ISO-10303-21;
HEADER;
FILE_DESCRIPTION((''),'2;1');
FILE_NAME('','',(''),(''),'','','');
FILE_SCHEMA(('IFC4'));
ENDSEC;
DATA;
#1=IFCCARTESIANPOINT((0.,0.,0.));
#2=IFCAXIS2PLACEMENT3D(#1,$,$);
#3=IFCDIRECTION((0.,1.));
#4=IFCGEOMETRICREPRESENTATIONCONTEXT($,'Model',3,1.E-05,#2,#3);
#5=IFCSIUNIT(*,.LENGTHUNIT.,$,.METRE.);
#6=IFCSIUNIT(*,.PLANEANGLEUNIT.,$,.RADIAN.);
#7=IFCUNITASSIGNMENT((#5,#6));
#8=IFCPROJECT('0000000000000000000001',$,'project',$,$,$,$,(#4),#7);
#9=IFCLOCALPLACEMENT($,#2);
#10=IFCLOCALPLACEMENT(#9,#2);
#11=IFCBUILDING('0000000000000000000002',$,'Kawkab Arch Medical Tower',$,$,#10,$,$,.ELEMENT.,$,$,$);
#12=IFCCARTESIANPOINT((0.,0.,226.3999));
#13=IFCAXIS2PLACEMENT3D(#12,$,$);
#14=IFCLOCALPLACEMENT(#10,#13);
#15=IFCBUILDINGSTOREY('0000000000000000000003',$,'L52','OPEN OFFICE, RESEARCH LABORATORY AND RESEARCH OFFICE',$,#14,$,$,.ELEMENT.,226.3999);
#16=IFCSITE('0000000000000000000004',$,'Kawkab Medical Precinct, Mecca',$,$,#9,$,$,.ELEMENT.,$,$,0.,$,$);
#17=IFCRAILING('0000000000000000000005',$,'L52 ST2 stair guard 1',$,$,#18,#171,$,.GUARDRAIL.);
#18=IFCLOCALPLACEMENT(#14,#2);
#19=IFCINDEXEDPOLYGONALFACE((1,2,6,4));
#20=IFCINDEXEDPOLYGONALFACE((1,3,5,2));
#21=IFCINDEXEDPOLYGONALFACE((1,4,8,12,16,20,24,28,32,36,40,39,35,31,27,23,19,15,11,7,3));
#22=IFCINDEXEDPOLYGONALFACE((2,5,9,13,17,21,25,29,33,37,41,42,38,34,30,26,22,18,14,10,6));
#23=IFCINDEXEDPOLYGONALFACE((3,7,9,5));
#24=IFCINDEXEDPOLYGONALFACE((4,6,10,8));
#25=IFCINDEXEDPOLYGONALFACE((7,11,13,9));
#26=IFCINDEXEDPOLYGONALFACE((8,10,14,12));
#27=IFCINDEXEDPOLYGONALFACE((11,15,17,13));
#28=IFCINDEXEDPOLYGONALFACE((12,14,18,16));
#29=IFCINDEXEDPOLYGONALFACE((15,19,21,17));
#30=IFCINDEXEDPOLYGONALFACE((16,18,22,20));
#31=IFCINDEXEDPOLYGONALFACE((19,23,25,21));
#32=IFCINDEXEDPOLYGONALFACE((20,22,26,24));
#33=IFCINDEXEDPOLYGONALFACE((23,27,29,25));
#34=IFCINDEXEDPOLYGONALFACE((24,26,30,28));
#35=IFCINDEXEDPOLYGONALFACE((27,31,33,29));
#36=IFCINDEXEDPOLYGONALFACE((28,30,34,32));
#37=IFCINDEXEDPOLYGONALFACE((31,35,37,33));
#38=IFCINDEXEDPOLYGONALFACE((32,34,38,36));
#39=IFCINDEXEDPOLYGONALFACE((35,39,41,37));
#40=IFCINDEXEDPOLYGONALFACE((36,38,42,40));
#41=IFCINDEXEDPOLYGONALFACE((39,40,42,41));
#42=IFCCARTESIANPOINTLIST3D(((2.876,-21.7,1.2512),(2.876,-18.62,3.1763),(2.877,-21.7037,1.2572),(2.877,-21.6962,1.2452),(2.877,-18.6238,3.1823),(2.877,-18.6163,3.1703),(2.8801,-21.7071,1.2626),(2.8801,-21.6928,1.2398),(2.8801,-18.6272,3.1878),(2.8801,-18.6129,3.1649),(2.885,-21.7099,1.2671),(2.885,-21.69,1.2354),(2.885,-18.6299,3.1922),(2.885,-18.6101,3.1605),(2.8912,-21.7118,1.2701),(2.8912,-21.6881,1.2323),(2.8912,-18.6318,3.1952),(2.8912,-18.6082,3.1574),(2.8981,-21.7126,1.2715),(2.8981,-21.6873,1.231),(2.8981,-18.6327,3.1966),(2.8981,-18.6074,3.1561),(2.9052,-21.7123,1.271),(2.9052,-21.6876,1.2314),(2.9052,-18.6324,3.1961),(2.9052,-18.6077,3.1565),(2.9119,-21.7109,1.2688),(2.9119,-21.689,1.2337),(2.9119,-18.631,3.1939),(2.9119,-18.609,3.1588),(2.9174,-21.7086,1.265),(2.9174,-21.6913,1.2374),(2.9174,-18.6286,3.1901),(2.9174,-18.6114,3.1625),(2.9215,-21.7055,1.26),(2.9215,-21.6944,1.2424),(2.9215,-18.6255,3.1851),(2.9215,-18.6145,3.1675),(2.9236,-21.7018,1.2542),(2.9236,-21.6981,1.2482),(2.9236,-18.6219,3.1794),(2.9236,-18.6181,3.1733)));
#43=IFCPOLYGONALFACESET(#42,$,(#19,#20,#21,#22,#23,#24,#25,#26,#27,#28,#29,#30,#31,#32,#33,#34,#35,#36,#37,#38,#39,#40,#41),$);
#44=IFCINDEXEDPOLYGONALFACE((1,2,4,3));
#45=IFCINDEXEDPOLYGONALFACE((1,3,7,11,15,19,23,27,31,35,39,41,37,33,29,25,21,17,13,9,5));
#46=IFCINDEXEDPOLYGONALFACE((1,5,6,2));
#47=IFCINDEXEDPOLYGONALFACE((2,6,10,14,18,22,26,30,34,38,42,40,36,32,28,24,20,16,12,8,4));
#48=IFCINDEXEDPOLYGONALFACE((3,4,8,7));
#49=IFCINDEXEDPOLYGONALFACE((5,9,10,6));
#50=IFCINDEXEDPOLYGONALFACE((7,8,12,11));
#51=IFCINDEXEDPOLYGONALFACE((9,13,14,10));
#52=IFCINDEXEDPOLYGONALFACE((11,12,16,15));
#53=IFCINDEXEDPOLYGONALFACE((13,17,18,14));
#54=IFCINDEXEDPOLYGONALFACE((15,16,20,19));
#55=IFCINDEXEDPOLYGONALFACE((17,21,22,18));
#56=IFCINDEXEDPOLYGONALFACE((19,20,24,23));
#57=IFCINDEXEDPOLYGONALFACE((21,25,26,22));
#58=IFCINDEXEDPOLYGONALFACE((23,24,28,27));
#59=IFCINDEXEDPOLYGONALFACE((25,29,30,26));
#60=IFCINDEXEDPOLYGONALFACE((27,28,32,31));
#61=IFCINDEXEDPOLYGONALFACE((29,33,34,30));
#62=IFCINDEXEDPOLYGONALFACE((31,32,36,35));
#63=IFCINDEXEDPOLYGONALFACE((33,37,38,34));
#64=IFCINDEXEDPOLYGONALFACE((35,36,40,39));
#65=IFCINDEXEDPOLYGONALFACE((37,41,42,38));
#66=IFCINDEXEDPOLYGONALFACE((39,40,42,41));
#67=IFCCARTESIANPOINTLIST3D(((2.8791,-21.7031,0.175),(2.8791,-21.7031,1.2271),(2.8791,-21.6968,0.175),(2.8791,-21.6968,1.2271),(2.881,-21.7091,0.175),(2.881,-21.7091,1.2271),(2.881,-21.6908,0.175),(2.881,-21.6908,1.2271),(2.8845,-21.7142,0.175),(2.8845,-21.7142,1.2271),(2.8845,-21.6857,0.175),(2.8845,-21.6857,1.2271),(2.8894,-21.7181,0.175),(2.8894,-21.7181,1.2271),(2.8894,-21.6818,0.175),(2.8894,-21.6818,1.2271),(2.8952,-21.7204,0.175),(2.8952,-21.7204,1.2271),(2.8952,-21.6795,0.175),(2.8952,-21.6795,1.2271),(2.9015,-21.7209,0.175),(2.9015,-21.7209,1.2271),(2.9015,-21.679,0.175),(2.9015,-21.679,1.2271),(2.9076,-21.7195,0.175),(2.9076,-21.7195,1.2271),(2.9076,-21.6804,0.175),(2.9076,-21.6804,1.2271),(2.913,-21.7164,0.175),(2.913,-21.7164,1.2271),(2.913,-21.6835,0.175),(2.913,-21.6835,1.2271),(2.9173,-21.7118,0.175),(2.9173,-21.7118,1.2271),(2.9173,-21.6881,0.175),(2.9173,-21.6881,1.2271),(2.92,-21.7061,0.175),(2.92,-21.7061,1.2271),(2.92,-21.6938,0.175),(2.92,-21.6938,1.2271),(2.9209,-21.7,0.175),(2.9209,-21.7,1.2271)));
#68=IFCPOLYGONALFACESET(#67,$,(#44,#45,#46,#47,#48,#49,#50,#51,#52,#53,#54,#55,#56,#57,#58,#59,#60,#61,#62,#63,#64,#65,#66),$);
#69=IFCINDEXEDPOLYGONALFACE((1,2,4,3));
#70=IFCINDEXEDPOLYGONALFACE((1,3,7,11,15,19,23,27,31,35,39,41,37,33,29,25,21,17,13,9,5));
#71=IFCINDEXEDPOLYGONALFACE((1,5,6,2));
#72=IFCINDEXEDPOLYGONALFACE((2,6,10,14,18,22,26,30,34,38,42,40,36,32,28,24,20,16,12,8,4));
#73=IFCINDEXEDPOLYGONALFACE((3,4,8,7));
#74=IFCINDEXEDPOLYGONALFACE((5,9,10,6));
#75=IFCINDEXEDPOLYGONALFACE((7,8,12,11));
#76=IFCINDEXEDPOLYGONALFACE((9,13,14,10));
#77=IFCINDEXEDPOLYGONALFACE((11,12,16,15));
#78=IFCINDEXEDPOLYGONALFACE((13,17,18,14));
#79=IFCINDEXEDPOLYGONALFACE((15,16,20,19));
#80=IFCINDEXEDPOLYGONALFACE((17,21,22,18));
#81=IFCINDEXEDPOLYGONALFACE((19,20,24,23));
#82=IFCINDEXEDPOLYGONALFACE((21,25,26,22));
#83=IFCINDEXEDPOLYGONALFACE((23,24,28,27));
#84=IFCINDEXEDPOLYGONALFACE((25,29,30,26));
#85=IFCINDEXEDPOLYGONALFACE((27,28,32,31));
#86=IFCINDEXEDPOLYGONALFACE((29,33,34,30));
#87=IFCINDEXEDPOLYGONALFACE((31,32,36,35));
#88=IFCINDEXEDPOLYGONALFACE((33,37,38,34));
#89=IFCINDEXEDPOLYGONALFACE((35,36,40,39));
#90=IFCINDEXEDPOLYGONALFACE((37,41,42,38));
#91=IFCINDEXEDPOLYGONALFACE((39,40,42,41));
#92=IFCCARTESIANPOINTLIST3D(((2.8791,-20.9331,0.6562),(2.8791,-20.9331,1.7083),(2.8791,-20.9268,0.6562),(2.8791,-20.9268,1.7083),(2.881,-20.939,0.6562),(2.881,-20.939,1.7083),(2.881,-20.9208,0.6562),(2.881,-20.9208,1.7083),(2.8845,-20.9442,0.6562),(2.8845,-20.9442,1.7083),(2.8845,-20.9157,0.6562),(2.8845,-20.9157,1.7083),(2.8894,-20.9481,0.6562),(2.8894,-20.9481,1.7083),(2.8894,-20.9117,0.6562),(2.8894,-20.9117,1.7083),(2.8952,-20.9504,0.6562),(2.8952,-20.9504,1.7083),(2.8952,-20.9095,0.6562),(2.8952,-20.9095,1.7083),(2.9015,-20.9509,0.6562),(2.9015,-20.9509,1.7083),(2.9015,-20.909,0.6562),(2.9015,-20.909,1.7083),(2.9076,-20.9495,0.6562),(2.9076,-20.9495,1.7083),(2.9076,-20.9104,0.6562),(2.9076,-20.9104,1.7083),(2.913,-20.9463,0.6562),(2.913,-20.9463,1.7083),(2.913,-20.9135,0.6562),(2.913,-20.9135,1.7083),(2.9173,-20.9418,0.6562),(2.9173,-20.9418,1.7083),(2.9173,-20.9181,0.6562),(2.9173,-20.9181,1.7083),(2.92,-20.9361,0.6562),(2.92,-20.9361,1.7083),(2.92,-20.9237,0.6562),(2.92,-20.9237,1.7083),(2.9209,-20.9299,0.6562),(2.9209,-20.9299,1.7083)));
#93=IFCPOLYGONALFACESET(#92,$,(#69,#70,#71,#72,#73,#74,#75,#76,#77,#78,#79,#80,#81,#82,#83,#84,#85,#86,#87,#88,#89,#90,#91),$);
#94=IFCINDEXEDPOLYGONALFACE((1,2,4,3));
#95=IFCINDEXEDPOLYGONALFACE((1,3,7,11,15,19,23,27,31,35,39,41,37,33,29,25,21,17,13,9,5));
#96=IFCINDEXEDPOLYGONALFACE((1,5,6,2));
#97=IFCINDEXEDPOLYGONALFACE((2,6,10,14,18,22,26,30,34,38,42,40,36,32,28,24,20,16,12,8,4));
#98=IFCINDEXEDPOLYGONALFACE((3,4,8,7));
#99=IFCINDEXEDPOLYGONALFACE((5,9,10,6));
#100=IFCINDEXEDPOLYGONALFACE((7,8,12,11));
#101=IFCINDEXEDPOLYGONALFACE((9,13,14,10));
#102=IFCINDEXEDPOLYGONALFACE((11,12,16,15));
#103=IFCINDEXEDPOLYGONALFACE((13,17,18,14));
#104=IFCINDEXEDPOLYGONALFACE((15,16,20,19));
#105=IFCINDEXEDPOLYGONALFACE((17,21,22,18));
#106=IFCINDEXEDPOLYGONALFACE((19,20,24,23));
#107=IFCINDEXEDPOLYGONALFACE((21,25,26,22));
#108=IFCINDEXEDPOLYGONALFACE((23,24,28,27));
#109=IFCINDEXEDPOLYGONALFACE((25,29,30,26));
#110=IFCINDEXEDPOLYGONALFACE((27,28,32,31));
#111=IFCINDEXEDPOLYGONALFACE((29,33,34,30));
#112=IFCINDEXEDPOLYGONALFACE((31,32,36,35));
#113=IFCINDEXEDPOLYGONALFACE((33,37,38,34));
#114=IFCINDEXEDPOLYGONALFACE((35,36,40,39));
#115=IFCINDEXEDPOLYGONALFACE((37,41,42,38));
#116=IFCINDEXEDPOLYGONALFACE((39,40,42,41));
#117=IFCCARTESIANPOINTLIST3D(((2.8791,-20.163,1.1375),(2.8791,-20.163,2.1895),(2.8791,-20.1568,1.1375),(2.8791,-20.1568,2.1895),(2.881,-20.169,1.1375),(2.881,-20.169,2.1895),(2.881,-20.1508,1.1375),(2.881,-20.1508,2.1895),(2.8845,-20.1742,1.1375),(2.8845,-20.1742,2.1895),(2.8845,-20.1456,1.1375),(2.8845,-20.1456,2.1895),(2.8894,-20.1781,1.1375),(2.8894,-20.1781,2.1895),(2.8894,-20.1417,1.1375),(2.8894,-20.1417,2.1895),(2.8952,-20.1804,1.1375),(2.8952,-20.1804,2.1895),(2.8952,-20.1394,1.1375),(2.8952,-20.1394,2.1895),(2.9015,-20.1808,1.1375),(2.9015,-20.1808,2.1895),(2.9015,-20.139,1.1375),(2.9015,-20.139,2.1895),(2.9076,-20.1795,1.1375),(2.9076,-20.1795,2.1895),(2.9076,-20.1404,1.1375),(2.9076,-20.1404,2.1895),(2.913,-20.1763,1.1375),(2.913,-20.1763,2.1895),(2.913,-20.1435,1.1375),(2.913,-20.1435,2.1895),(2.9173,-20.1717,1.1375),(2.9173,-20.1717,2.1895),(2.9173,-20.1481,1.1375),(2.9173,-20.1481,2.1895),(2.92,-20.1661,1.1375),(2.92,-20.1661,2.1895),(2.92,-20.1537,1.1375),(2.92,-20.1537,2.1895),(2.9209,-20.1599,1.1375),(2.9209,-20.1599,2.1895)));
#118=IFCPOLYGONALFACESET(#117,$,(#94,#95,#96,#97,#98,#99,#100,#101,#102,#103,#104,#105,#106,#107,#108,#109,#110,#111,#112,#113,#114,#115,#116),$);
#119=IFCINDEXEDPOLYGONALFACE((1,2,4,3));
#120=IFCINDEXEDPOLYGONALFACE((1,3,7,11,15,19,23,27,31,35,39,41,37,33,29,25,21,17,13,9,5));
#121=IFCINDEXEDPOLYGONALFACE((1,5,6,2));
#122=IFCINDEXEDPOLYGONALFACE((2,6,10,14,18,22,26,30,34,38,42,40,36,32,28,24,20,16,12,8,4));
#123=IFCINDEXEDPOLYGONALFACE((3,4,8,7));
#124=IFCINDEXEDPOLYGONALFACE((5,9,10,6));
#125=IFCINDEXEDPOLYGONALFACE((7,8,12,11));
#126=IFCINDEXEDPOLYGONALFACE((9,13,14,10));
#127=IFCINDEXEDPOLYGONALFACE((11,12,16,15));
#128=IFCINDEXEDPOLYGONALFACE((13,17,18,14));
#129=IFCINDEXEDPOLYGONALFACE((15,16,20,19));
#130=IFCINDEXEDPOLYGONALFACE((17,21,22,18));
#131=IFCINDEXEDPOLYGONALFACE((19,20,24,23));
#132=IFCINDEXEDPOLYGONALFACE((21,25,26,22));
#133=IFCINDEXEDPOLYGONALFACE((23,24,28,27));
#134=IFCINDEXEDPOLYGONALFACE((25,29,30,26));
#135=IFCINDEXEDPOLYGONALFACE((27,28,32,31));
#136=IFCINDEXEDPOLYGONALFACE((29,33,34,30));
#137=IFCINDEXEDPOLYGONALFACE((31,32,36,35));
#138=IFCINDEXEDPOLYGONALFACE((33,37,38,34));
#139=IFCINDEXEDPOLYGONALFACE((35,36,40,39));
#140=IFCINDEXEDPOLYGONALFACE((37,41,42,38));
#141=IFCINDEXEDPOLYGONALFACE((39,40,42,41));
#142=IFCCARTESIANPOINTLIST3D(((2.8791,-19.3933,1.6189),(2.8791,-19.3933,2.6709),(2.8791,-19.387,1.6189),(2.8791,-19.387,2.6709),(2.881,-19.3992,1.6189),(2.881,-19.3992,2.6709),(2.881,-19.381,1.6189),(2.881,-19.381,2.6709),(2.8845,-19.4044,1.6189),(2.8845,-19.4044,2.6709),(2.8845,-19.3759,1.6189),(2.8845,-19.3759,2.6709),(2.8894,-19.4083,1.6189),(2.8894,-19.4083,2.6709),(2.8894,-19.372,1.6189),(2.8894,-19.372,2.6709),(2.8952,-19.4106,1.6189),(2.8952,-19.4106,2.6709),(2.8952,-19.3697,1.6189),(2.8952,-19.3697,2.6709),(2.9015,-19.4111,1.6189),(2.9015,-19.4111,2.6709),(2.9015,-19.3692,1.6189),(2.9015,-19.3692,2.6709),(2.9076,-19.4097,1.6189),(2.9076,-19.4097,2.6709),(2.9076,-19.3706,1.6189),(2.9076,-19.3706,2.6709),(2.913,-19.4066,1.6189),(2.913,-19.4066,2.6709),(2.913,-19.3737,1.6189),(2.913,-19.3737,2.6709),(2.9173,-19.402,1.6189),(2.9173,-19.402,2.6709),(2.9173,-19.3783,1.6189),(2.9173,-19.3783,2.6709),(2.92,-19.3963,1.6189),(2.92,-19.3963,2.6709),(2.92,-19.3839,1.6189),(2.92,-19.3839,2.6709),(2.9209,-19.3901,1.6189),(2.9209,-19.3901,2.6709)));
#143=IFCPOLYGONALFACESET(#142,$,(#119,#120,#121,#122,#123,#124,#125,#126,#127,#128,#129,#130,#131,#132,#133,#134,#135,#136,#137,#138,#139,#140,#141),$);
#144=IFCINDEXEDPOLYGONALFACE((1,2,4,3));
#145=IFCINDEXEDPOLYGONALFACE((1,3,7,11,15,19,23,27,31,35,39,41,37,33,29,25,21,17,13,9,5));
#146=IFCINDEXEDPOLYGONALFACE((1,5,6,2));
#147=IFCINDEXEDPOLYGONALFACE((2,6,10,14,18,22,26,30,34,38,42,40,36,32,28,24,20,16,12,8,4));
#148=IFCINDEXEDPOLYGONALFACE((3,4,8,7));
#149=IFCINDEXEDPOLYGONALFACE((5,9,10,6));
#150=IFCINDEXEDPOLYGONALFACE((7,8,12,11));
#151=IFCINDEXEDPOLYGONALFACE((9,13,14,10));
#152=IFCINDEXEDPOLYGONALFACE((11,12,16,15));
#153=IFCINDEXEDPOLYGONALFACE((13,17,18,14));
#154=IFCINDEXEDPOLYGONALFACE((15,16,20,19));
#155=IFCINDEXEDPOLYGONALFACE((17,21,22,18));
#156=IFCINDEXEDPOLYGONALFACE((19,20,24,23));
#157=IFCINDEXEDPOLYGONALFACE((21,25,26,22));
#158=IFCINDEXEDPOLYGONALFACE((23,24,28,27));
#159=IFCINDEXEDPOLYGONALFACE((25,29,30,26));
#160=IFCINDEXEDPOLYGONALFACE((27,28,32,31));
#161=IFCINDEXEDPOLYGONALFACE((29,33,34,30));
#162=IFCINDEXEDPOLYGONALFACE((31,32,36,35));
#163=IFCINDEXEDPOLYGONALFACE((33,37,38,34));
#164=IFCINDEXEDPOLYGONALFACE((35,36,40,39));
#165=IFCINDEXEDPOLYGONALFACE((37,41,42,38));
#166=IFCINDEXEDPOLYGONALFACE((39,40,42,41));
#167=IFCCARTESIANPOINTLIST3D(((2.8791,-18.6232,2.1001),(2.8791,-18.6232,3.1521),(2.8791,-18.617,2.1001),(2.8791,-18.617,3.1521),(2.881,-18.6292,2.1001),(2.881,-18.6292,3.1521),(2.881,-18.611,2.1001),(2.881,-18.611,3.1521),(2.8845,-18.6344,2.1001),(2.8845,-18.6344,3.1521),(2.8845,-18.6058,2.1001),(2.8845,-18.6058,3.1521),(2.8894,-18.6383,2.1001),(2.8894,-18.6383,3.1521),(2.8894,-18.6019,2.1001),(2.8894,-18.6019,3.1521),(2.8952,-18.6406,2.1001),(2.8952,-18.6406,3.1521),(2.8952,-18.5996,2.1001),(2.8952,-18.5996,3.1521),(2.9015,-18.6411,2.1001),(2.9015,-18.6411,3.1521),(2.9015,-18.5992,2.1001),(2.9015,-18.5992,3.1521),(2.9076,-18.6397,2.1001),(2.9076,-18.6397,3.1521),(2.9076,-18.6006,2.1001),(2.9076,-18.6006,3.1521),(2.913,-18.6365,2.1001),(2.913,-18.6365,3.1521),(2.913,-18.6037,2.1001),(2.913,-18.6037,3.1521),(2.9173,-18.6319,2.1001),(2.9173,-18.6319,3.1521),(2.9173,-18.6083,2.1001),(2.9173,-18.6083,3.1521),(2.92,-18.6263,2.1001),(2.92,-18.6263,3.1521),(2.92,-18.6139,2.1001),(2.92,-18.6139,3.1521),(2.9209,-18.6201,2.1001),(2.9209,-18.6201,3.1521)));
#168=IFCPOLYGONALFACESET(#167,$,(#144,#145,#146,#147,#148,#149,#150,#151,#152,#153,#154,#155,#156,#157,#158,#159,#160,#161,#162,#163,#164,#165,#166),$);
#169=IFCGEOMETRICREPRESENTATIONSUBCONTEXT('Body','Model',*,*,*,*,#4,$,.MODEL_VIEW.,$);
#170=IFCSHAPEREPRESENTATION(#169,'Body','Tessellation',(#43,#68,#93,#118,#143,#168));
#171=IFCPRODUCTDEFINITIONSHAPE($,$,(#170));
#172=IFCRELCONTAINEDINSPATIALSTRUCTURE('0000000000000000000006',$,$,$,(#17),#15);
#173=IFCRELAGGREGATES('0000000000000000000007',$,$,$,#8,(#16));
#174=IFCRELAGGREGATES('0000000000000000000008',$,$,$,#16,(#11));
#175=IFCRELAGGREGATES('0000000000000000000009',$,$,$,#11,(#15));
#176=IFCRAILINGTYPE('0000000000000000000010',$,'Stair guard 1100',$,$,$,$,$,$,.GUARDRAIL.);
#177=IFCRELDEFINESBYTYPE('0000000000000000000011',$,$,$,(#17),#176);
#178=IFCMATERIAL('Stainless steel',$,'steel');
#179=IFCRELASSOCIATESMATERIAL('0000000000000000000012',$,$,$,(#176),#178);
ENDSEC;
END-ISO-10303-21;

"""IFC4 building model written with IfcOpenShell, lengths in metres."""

from ifc_helpers import new_model, si_unit, direction, frame, origin, origin_2d, place, context, subcontext, project, spatial, circle, extrude, material, type_object, element, save


model = new_model("IFC4")

# Units and contexts
model_context = context("Model", 3, precision=1e-05, world=origin(), true_north=direction((0.0, 1.0)))
body_context = subcontext(model_context, "Body", "Model", "MODEL_VIEW")
ifc_project = project(units=[si_unit("LENGTHUNIT", "METRE"), si_unit("PLANEANGLEUNIT", "RADIAN")], contexts=[model_context])

# Site, building, storey
site_placement = place(None, origin())
site = spatial("IfcSite", under=ifc_project, at=site_placement, Name="Kawkab Medical Precinct, Mecca", CompositionType="ELEMENT", RefElevation=0.0)
building_placement = place(site_placement, origin())
building = spatial("IfcBuilding", under=site, at=building_placement, Name="Kawkab Arch Medical Tower", CompositionType="ELEMENT")
storey_placement = place(building_placement, frame((0.0, 0.0, 226.3999)))
storey = spatial("IfcBuildingStorey", under=building, at=storey_placement, Name="L52", Description="OPEN OFFICE, RESEARCH LABORATORY AND RESEARCH OFFICE", CompositionType="ELEMENT", Elevation=226.3999)

# Railing
ifc_material_1 = material(Name="Stainless steel", Category="steel")
railing_type = type_object("IfcRailingType", Name="Stair guard 1100", PredefinedType="GUARDRAIL", material=ifc_material_1)
railing_1_placement = place(storey_placement, frame((2.8999, -21.7, 0.175)))
element("IfcRailing", 1, at=railing_1_placement, inside=storey, type_object=railing_type, Name="L52 ST2 stair guard 1", PredefinedType="GUARDRAIL", context=body_context, shape_type="SweptSolid", body=[
    extrude(circle(Radius=0.0239, at=origin_2d()), frame((0.0, 0.0, 1.0762), z_axis=(0.0, 0.847979, 0.530029), x_axis=(-1.0, 0.0, 0.0)), (0.0, 0.0, 1.0), 3.6321),
    extrude(circle(Radius=0.021, at=origin_2d()), origin(), (0.0, 0.0, 1.0), 1.052),
    extrude(circle(Radius=0.021, at=origin_2d()), frame((0.0, 0.77, 0.4812)), (0.0, 0.0, 1.0), 1.052),
    extrude(circle(Radius=0.021, at=origin_2d()), frame((0.0, 1.54, 0.9624)), (0.0, 0.0, 1.0), 1.052),
    extrude(circle(Radius=0.021, at=origin_2d()), frame((0.0, 2.3098, 1.4438)), (0.0, 0.0, 1.0), 1.052),
    extrude(circle(Radius=0.021, at=origin_2d()), frame((0.0, 3.0798, 1.925)), (0.0, 0.0, 1.0), 1.052),
])

save(model, "model.ifc")
